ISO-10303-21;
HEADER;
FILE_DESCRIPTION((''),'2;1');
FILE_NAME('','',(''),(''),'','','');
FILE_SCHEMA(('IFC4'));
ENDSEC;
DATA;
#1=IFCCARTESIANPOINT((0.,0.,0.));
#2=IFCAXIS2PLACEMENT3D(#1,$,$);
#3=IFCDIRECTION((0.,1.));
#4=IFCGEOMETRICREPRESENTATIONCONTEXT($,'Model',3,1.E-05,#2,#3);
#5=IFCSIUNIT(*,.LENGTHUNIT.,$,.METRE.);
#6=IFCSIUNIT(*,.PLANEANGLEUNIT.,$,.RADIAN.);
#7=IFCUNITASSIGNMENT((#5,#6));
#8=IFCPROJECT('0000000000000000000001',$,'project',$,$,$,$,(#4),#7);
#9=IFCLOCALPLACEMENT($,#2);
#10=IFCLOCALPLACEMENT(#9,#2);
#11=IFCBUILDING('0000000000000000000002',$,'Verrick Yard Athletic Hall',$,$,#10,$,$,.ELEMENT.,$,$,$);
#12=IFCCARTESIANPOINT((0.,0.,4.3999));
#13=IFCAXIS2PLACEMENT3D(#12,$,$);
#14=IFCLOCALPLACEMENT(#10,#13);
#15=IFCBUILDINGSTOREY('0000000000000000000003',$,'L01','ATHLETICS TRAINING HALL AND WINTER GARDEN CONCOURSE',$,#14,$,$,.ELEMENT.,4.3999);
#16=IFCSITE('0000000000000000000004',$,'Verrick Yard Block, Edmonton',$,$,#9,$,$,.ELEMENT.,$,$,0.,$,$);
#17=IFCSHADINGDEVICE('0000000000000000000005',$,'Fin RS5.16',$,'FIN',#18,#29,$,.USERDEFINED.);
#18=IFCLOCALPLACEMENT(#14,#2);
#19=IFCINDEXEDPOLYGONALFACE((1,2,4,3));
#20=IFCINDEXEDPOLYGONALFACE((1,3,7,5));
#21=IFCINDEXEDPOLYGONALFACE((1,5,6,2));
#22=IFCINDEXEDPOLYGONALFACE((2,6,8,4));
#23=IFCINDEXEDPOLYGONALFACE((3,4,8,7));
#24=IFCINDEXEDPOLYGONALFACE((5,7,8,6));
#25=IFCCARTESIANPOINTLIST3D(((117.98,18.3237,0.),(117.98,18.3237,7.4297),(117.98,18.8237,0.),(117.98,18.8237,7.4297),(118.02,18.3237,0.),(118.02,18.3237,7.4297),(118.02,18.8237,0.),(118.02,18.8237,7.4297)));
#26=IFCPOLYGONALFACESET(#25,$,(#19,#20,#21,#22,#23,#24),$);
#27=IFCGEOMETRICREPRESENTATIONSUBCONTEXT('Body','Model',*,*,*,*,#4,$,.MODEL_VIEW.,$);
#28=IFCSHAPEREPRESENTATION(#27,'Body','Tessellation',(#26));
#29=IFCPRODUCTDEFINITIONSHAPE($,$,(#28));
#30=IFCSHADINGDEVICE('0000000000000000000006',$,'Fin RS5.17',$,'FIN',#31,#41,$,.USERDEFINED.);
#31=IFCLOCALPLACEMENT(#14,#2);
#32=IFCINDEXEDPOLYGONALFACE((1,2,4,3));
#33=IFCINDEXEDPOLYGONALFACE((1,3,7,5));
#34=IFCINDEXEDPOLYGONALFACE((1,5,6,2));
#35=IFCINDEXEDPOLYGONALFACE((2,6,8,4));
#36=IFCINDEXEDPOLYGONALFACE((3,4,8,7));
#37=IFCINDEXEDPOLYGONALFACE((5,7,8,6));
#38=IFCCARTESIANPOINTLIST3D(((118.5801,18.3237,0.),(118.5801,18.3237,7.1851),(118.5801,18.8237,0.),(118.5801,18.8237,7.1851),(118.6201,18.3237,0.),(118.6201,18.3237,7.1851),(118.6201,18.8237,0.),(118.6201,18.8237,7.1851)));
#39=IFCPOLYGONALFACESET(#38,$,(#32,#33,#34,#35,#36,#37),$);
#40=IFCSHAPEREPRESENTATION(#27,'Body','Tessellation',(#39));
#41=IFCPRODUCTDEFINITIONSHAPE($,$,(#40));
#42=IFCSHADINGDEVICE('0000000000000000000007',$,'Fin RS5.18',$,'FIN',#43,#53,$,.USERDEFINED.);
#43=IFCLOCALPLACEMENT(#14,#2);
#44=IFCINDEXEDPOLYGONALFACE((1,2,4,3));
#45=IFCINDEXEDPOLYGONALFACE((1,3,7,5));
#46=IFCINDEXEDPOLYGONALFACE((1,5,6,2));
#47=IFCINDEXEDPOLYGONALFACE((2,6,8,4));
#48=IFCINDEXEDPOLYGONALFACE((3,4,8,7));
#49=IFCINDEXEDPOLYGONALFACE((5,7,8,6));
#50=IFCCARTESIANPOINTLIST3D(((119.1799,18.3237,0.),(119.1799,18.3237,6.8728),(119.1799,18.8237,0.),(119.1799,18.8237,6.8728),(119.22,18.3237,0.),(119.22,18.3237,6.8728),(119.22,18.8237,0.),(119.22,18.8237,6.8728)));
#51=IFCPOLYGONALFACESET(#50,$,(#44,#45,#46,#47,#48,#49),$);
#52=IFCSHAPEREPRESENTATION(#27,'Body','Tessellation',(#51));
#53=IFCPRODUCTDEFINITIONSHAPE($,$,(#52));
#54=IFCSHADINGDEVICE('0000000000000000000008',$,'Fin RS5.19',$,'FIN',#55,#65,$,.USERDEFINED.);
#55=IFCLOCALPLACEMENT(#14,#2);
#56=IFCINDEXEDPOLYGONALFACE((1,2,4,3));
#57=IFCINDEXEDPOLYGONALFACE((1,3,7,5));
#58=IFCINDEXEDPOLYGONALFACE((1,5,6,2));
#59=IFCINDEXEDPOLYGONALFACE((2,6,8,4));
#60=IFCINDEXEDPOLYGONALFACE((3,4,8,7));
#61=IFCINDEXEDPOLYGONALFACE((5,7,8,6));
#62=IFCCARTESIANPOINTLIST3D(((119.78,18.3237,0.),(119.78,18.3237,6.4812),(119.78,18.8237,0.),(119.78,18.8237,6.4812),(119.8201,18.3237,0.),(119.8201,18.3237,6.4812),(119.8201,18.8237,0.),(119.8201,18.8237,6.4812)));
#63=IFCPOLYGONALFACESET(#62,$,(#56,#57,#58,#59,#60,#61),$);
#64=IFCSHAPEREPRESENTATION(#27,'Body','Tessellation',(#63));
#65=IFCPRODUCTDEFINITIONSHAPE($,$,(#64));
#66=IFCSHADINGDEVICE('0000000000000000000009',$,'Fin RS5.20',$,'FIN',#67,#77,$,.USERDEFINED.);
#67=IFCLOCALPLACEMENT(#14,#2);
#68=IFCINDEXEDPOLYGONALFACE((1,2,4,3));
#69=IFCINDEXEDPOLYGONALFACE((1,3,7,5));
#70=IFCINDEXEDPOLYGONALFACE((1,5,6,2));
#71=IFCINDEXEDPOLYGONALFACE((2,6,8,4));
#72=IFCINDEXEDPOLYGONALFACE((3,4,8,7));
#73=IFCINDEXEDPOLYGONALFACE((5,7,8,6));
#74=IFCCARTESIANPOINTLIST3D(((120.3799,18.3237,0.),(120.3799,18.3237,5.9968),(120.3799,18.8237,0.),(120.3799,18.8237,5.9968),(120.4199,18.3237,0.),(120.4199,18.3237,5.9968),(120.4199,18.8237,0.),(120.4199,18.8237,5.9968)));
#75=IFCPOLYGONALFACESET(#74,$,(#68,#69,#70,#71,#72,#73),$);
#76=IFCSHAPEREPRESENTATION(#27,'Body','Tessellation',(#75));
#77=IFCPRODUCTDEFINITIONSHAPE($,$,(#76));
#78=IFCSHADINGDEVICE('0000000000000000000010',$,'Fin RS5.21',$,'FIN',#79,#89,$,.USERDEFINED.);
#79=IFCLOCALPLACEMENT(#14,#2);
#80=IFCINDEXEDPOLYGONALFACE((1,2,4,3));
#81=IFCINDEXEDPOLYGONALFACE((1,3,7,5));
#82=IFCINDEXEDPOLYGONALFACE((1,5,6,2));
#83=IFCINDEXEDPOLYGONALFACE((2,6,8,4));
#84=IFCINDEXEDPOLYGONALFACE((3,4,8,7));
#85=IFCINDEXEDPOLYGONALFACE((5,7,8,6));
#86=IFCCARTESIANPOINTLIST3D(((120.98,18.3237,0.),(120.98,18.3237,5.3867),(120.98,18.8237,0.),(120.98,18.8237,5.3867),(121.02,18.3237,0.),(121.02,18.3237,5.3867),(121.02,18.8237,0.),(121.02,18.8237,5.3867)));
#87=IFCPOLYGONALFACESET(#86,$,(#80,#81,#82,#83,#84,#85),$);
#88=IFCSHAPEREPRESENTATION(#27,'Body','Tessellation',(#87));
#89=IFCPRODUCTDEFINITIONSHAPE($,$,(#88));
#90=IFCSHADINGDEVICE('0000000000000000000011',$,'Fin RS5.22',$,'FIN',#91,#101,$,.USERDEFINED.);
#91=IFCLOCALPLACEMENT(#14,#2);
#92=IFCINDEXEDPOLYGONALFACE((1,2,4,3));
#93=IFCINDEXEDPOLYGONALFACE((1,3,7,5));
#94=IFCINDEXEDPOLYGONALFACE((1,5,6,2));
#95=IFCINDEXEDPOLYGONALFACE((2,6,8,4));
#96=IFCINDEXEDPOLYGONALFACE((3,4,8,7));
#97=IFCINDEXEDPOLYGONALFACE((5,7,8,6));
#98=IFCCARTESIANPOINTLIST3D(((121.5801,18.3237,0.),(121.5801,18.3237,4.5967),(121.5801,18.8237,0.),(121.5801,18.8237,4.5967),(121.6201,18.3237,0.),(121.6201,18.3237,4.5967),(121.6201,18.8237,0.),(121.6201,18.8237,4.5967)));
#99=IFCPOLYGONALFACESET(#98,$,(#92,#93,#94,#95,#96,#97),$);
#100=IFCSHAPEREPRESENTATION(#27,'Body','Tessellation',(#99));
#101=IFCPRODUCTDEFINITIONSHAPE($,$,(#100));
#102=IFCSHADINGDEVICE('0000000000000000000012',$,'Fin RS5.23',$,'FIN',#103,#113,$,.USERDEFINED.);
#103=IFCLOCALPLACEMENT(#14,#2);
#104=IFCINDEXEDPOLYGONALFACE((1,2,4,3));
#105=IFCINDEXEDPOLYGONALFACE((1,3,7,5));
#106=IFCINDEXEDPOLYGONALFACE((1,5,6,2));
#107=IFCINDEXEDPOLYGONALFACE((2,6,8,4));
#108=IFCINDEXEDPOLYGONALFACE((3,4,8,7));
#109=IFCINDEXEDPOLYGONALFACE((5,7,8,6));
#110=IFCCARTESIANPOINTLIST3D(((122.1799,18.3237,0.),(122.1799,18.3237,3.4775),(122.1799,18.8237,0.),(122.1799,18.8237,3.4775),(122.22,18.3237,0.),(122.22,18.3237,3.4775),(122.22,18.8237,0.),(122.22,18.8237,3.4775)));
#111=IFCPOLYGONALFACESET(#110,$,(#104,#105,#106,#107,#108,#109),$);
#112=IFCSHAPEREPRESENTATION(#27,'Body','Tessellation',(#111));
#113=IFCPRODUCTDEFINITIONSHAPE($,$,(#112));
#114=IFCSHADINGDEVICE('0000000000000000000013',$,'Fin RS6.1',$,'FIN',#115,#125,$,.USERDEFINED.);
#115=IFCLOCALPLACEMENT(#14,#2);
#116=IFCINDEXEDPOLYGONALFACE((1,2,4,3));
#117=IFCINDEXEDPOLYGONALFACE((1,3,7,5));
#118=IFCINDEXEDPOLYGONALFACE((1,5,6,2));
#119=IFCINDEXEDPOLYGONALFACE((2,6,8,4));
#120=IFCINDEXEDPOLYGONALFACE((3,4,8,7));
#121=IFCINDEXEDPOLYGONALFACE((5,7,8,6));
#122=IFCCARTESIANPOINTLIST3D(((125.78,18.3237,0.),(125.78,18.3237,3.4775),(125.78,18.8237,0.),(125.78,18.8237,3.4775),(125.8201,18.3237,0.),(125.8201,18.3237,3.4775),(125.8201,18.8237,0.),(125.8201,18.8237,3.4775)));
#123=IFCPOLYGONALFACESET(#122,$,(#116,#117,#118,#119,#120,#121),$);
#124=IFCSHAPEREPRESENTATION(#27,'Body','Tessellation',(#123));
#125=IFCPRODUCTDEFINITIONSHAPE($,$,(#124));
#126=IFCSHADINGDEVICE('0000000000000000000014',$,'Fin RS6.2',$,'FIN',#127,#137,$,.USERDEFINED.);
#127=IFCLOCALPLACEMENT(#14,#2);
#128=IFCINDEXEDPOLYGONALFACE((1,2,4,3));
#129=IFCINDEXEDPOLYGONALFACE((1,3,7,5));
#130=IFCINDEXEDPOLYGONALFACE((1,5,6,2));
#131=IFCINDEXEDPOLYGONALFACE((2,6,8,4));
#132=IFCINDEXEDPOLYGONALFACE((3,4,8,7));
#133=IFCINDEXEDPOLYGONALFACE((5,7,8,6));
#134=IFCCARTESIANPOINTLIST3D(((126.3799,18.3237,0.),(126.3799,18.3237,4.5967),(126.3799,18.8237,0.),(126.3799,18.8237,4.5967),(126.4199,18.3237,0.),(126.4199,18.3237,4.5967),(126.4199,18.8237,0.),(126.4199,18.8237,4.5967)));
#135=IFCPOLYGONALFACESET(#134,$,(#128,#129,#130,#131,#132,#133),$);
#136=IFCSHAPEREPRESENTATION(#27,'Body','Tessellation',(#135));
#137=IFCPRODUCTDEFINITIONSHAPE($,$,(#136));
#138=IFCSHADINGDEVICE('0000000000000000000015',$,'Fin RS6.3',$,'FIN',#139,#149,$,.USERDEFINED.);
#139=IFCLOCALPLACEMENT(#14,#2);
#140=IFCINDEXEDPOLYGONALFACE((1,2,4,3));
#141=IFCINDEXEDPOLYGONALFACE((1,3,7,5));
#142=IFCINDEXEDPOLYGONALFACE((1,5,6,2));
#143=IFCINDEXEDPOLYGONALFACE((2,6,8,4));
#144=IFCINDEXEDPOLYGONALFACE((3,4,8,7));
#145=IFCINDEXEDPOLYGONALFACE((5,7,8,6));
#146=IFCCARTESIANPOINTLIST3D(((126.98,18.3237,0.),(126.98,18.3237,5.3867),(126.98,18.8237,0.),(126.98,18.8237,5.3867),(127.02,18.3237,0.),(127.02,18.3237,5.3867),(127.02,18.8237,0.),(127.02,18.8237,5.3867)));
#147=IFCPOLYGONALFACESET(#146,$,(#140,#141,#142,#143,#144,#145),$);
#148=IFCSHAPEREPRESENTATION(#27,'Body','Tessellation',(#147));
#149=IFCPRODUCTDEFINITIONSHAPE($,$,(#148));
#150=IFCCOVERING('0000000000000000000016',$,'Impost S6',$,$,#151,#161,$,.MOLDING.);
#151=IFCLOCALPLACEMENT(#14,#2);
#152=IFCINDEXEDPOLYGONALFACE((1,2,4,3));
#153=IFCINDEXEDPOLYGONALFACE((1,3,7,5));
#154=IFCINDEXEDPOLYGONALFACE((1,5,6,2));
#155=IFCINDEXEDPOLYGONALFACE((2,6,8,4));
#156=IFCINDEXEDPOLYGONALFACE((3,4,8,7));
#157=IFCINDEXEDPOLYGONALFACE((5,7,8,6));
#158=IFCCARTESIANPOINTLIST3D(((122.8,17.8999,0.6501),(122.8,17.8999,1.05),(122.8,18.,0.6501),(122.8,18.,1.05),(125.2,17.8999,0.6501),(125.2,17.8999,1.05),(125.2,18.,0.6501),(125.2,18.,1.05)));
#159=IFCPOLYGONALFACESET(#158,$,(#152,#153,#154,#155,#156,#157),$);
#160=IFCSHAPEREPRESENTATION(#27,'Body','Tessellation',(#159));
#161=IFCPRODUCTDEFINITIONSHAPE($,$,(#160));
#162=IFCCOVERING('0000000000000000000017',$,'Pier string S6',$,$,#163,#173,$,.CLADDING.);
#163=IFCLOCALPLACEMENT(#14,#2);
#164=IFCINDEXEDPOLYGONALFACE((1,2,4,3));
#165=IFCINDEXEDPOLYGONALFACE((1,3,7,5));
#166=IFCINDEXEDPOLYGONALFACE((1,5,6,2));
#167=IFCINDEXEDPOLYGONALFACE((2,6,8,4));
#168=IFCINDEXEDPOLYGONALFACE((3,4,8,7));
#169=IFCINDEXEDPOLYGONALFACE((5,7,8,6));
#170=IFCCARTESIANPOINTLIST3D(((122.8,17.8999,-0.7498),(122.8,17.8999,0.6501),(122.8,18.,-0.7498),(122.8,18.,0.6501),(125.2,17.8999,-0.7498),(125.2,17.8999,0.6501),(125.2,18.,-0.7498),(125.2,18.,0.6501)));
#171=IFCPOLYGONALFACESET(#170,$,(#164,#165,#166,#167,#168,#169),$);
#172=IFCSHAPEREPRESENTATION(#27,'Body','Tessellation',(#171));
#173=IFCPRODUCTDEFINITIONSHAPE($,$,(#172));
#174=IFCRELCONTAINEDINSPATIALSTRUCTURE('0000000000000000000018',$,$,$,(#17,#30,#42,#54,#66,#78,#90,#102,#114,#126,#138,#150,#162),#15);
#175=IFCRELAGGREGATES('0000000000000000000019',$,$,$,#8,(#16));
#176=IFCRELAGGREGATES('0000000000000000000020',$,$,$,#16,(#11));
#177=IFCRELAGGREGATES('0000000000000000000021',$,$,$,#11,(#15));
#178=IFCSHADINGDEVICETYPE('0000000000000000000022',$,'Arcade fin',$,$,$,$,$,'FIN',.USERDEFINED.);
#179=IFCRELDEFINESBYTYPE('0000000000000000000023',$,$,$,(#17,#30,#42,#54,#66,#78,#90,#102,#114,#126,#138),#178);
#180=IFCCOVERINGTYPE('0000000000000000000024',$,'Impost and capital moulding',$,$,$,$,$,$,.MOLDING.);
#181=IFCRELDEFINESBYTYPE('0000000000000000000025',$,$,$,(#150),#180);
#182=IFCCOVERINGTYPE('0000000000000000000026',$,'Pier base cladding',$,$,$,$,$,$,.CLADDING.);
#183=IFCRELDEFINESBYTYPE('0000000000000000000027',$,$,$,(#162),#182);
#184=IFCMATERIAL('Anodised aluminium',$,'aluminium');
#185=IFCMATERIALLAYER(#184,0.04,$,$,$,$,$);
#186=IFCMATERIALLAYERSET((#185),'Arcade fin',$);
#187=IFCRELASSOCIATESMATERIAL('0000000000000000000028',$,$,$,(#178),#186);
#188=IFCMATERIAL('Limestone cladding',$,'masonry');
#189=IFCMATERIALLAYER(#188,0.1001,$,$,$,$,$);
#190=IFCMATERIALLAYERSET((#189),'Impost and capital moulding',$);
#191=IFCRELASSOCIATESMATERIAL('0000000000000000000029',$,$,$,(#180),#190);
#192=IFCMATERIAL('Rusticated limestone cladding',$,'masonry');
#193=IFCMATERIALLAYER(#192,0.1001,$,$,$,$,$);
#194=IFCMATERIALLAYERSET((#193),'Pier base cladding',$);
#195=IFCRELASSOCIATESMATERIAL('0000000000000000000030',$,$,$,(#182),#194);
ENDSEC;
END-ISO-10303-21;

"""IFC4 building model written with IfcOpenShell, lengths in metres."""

from ifc_helpers import new_model, si_unit, direction, frame, origin, origin_2d, place, context, subcontext, project, spatial, polyline, rectangle, outline, extrude, material, layer, layer_set, type_object, element, save


model = new_model("IFC4")

# Units and contexts
model_context = context("Model", 3, precision=1e-05, world=origin(), true_north=direction((0.0, 1.0)))
body_context = subcontext(model_context, "Body", "Model", "MODEL_VIEW")
ifc_project = project(units=[si_unit("LENGTHUNIT", "METRE"), si_unit("PLANEANGLEUNIT", "RADIAN")], contexts=[model_context])

# Site, building, storey
site_placement = place(None, origin())
site = spatial("IfcSite", under=ifc_project, at=site_placement, Name="Verrick Yard Block, Edmonton", CompositionType="ELEMENT", RefElevation=0.0)
building_placement = place(site_placement, origin())
building = spatial("IfcBuilding", under=site, at=building_placement, Name="Verrick Yard Athletic Hall", CompositionType="ELEMENT")
storey_placement = place(building_placement, frame((0.0, 0.0, 4.3999)))
storey = spatial("IfcBuildingStorey", under=building, at=storey_placement, Name="L01", Description="ATHLETICS TRAINING HALL AND WINTER GARDEN CONCOURSE", CompositionType="ELEMENT", Elevation=4.3999)

# Shading devices
ifc_material_1 = material(Name="Anodised aluminium", Category="aluminium")
ifc_layer_1 = layer(ifc_material_1, 0.04)
ifc_layer_set_1 = layer_set([ifc_layer_1], Name="Arcade fin")
shading_device_type = type_object("IfcShadingDeviceType", Name="Arcade fin", ElementType="FIN", PredefinedType="USERDEFINED", material=ifc_layer_set_1)
shading_device_1_placement = place(storey_placement, frame((118.0, 18.8237, 0.0), z_axis=(0.0, 0.0, 1.0), x_axis=(0.0, -1.0, 0.0)))
element("IfcShadingDevice", 1, at=shading_device_1_placement, inside=storey, type_object=shading_device_type, Name="Fin RS5.16", ObjectType="FIN", PredefinedType="USERDEFINED", context=body_context, shape_type="SweptSolid", body=[
    extrude(outline(polyline([(0.0, 0.0), (0.5, 0.0), (0.5, 7.4297), (0.0, 7.4297), (0.0, 0.0)])), frame((0.0, 0.02, 0.0), z_axis=(0.0, -1.0, 0.0), x_axis=(1.0, 0.0, 0.0)), (0.0, 0.0, 1.0), 0.04),
])
shading_device_2_placement = place(storey_placement, frame((118.6001, 18.8237, 0.0), z_axis=(0.0, 0.0, 1.0), x_axis=(0.0, -1.0, 0.0)))
element("IfcShadingDevice", 2, at=shading_device_2_placement, inside=storey, type_object=shading_device_type, Name="Fin RS5.17", ObjectType="FIN", PredefinedType="USERDEFINED", context=body_context, shape_type="SweptSolid", body=[
    extrude(outline(polyline([(0.0, 0.0), (0.5, 0.0), (0.5, 7.1851), (0.0, 7.1851), (0.0, 0.0)])), frame((0.0, 0.02, 0.0), z_axis=(0.0, -1.0, 0.0), x_axis=(1.0, 0.0, 0.0)), (0.0, 0.0, 1.0), 0.04),
])
shading_device_3_placement = place(storey_placement, frame((119.2, 18.8237, 0.0), z_axis=(0.0, 0.0, 1.0), x_axis=(0.0, -1.0, 0.0)))
element("IfcShadingDevice", 3, at=shading_device_3_placement, inside=storey, type_object=shading_device_type, Name="Fin RS5.18", ObjectType="FIN", PredefinedType="USERDEFINED", context=body_context, shape_type="SweptSolid", body=[
    extrude(outline(polyline([(0.0, 0.0), (0.5, 0.0), (0.5, 6.8728), (0.0, 6.8728), (0.0, 0.0)])), frame((0.0, 0.02, 0.0), z_axis=(0.0, -1.0, 0.0), x_axis=(1.0, 0.0, 0.0)), (0.0, 0.0, 1.0), 0.04),
])
shading_device_4_placement = place(storey_placement, frame((119.8, 18.8237, 0.0), z_axis=(0.0, 0.0, 1.0), x_axis=(0.0, -1.0, 0.0)))
element("IfcShadingDevice", 4, at=shading_device_4_placement, inside=storey, type_object=shading_device_type, Name="Fin RS5.19", ObjectType="FIN", PredefinedType="USERDEFINED", context=body_context, shape_type="SweptSolid", body=[
    extrude(outline(polyline([(0.0, 0.0), (0.5, 0.0), (0.5, 6.4812), (0.0, 6.4812), (0.0, 0.0)])), frame((0.0, 0.02, 0.0), z_axis=(0.0, -1.0, 0.0), x_axis=(1.0, 0.0, 0.0)), (0.0, 0.0, 1.0), 0.04),
])
shading_device_5_placement = place(storey_placement, frame((120.3999, 18.8237, 0.0), z_axis=(0.0, 0.0, 1.0), x_axis=(0.0, -1.0, 0.0)))
element("IfcShadingDevice", 5, at=shading_device_5_placement, inside=storey, type_object=shading_device_type, Name="Fin RS5.20", ObjectType="FIN", PredefinedType="USERDEFINED", context=body_context, shape_type="SweptSolid", body=[
    extrude(outline(polyline([(0.0, 0.0), (0.5, 0.0), (0.5, 5.9968), (0.0, 5.9968), (0.0, 0.0)])), frame((0.0, 0.02, 0.0), z_axis=(0.0, -1.0, 0.0), x_axis=(1.0, 0.0, 0.0)), (0.0, 0.0, 1.0), 0.04),
])
shading_device_6_placement = place(storey_placement, frame((121.0, 18.8237, 0.0), z_axis=(0.0, 0.0, 1.0), x_axis=(0.0, -1.0, 0.0)))
element("IfcShadingDevice", 6, at=shading_device_6_placement, inside=storey, type_object=shading_device_type, Name="Fin RS5.21", ObjectType="FIN", PredefinedType="USERDEFINED", context=body_context, shape_type="SweptSolid", body=[
    extrude(outline(polyline([(0.0, 0.0), (0.5, 0.0), (0.5, 5.3867), (0.0, 5.3867), (0.0, 0.0)])), frame((0.0, 0.02, 0.0), z_axis=(0.0, -1.0, 0.0), x_axis=(1.0, 0.0, 0.0)), (0.0, 0.0, 1.0), 0.04),
])
shading_device_7_placement = place(storey_placement, frame((121.6001, 18.8237, 0.0), z_axis=(0.0, 0.0, 1.0), x_axis=(0.0, -1.0, 0.0)))
element("IfcShadingDevice", 7, at=shading_device_7_placement, inside=storey, type_object=shading_device_type, Name="Fin RS5.22", ObjectType="FIN", PredefinedType="USERDEFINED", context=body_context, shape_type="SweptSolid", body=[
    extrude(outline(polyline([(0.0, 0.0), (0.5, 0.0), (0.5, 4.5967), (0.0, 4.5967), (0.0, 0.0)])), frame((0.0, 0.02, 0.0), z_axis=(0.0, -1.0, 0.0), x_axis=(1.0, 0.0, 0.0)), (0.0, 0.0, 1.0), 0.04),
])
for number, where, z_axis, x_axis, name in (
    (8, (122.2, 18.8237, 0.0), (0.0, 0.0, 1.0), (0.0, -1.0, 0.0), "Fin RS5.23"),
    (9, (125.8, 18.8237, 0.0), (0.0, 0.0, 1.0), (0.0, -1.0, 0.0), "Fin RS6.1"),
):
    element("IfcShadingDevice", number, at=place(storey_placement, frame(where, z_axis=z_axis, x_axis=x_axis)), inside=storey, type_object=shading_device_type, Name=name, ObjectType="FIN", PredefinedType="USERDEFINED", context=body_context, shape_type="SweptSolid", body=[
        extrude(outline(polyline([(0.0, 0.0), (0.5, 0.0), (0.5, 3.4775), (0.0, 3.4775), (0.0, 0.0)])), frame((0.0, 0.02, 0.0), z_axis=(0.0, -1.0, 0.0), x_axis=(1.0, 0.0, 0.0)), (0.0, 0.0, 1.0), 0.04),
    ])
shading_device_8_placement = place(storey_placement, frame((126.3999, 18.8237, 0.0), z_axis=(0.0, 0.0, 1.0), x_axis=(0.0, -1.0, 0.0)))
element("IfcShadingDevice", 10, at=shading_device_8_placement, inside=storey, type_object=shading_device_type, Name="Fin RS6.2", ObjectType="FIN", PredefinedType="USERDEFINED", context=body_context, shape_type="SweptSolid", body=[
    extrude(outline(polyline([(0.0, 0.0), (0.5, 0.0), (0.5, 4.5967), (0.0, 4.5967), (0.0, 0.0)])), frame((0.0, 0.02, 0.0), z_axis=(0.0, -1.0, 0.0), x_axis=(1.0, 0.0, 0.0)), (0.0, 0.0, 1.0), 0.04),
])
shading_device_9_placement = place(storey_placement, frame((127.0, 18.8237, 0.0), z_axis=(0.0, 0.0, 1.0), x_axis=(0.0, -1.0, 0.0)))
element("IfcShadingDevice", 11, at=shading_device_9_placement, inside=storey, type_object=shading_device_type, Name="Fin RS6.3", ObjectType="FIN", PredefinedType="USERDEFINED", context=body_context, shape_type="SweptSolid", body=[
    extrude(outline(polyline([(0.0, 0.0), (0.5, 0.0), (0.5, 5.3867), (0.0, 5.3867), (0.0, 0.0)])), frame((0.0, 0.02, 0.0), z_axis=(0.0, -1.0, 0.0), x_axis=(1.0, 0.0, 0.0)), (0.0, 0.0, 1.0), 0.04),
])

# Coverings
ifc_material_2 = material(Name="Limestone cladding", Category="masonry")
ifc_layer_2 = layer(ifc_material_2, 0.1001)
ifc_layer_set_2 = layer_set([ifc_layer_2], Name="Impost and capital moulding")
covering_type_1 = type_object("IfcCoveringType", Name="Impost and capital moulding", PredefinedType="MOLDING", material=ifc_layer_set_2)
covering_1_placement = place(storey_placement, frame((124.0, 17.95, 0.6501), z_axis=(0.0, 0.0, 1.0), x_axis=(1.0, 0.0, 0.0)))
element("IfcCovering", 12, at=covering_1_placement, inside=storey, type_object=covering_type_1, Name="Impost S6", PredefinedType="MOLDING", context=body_context, shape_type="SweptSolid", body=[
    extrude(rectangle(XDim=2.3999, YDim=0.1001, at=origin_2d()), origin(), (0.0, 0.0, 1.0), 0.3999),
])
ifc_material_3 = material(Name="Rusticated limestone cladding", Category="masonry")
ifc_layer_3 = layer(ifc_material_3, 0.1001)
ifc_layer_set_3 = layer_set([ifc_layer_3], Name="Pier base cladding")
covering_type_2 = type_object("IfcCoveringType", Name="Pier base cladding", PredefinedType="CLADDING", material=ifc_layer_set_3)
covering_2_placement = place(storey_placement, frame((124.0, 17.95, -0.7498), z_axis=(0.0, 0.0, 1.0), x_axis=(1.0, 0.0, 0.0)))
element("IfcCovering", 13, at=covering_2_placement, inside=storey, type_object=covering_type_2, Name="Pier string S6", PredefinedType="CLADDING", context=body_context, shape_type="SweptSolid", body=[
    extrude(rectangle(XDim=2.3999, YDim=0.1001, at=origin_2d()), origin(), (0.0, 0.0, 1.0), 1.3999),
])

save(model, "model.ifc")
